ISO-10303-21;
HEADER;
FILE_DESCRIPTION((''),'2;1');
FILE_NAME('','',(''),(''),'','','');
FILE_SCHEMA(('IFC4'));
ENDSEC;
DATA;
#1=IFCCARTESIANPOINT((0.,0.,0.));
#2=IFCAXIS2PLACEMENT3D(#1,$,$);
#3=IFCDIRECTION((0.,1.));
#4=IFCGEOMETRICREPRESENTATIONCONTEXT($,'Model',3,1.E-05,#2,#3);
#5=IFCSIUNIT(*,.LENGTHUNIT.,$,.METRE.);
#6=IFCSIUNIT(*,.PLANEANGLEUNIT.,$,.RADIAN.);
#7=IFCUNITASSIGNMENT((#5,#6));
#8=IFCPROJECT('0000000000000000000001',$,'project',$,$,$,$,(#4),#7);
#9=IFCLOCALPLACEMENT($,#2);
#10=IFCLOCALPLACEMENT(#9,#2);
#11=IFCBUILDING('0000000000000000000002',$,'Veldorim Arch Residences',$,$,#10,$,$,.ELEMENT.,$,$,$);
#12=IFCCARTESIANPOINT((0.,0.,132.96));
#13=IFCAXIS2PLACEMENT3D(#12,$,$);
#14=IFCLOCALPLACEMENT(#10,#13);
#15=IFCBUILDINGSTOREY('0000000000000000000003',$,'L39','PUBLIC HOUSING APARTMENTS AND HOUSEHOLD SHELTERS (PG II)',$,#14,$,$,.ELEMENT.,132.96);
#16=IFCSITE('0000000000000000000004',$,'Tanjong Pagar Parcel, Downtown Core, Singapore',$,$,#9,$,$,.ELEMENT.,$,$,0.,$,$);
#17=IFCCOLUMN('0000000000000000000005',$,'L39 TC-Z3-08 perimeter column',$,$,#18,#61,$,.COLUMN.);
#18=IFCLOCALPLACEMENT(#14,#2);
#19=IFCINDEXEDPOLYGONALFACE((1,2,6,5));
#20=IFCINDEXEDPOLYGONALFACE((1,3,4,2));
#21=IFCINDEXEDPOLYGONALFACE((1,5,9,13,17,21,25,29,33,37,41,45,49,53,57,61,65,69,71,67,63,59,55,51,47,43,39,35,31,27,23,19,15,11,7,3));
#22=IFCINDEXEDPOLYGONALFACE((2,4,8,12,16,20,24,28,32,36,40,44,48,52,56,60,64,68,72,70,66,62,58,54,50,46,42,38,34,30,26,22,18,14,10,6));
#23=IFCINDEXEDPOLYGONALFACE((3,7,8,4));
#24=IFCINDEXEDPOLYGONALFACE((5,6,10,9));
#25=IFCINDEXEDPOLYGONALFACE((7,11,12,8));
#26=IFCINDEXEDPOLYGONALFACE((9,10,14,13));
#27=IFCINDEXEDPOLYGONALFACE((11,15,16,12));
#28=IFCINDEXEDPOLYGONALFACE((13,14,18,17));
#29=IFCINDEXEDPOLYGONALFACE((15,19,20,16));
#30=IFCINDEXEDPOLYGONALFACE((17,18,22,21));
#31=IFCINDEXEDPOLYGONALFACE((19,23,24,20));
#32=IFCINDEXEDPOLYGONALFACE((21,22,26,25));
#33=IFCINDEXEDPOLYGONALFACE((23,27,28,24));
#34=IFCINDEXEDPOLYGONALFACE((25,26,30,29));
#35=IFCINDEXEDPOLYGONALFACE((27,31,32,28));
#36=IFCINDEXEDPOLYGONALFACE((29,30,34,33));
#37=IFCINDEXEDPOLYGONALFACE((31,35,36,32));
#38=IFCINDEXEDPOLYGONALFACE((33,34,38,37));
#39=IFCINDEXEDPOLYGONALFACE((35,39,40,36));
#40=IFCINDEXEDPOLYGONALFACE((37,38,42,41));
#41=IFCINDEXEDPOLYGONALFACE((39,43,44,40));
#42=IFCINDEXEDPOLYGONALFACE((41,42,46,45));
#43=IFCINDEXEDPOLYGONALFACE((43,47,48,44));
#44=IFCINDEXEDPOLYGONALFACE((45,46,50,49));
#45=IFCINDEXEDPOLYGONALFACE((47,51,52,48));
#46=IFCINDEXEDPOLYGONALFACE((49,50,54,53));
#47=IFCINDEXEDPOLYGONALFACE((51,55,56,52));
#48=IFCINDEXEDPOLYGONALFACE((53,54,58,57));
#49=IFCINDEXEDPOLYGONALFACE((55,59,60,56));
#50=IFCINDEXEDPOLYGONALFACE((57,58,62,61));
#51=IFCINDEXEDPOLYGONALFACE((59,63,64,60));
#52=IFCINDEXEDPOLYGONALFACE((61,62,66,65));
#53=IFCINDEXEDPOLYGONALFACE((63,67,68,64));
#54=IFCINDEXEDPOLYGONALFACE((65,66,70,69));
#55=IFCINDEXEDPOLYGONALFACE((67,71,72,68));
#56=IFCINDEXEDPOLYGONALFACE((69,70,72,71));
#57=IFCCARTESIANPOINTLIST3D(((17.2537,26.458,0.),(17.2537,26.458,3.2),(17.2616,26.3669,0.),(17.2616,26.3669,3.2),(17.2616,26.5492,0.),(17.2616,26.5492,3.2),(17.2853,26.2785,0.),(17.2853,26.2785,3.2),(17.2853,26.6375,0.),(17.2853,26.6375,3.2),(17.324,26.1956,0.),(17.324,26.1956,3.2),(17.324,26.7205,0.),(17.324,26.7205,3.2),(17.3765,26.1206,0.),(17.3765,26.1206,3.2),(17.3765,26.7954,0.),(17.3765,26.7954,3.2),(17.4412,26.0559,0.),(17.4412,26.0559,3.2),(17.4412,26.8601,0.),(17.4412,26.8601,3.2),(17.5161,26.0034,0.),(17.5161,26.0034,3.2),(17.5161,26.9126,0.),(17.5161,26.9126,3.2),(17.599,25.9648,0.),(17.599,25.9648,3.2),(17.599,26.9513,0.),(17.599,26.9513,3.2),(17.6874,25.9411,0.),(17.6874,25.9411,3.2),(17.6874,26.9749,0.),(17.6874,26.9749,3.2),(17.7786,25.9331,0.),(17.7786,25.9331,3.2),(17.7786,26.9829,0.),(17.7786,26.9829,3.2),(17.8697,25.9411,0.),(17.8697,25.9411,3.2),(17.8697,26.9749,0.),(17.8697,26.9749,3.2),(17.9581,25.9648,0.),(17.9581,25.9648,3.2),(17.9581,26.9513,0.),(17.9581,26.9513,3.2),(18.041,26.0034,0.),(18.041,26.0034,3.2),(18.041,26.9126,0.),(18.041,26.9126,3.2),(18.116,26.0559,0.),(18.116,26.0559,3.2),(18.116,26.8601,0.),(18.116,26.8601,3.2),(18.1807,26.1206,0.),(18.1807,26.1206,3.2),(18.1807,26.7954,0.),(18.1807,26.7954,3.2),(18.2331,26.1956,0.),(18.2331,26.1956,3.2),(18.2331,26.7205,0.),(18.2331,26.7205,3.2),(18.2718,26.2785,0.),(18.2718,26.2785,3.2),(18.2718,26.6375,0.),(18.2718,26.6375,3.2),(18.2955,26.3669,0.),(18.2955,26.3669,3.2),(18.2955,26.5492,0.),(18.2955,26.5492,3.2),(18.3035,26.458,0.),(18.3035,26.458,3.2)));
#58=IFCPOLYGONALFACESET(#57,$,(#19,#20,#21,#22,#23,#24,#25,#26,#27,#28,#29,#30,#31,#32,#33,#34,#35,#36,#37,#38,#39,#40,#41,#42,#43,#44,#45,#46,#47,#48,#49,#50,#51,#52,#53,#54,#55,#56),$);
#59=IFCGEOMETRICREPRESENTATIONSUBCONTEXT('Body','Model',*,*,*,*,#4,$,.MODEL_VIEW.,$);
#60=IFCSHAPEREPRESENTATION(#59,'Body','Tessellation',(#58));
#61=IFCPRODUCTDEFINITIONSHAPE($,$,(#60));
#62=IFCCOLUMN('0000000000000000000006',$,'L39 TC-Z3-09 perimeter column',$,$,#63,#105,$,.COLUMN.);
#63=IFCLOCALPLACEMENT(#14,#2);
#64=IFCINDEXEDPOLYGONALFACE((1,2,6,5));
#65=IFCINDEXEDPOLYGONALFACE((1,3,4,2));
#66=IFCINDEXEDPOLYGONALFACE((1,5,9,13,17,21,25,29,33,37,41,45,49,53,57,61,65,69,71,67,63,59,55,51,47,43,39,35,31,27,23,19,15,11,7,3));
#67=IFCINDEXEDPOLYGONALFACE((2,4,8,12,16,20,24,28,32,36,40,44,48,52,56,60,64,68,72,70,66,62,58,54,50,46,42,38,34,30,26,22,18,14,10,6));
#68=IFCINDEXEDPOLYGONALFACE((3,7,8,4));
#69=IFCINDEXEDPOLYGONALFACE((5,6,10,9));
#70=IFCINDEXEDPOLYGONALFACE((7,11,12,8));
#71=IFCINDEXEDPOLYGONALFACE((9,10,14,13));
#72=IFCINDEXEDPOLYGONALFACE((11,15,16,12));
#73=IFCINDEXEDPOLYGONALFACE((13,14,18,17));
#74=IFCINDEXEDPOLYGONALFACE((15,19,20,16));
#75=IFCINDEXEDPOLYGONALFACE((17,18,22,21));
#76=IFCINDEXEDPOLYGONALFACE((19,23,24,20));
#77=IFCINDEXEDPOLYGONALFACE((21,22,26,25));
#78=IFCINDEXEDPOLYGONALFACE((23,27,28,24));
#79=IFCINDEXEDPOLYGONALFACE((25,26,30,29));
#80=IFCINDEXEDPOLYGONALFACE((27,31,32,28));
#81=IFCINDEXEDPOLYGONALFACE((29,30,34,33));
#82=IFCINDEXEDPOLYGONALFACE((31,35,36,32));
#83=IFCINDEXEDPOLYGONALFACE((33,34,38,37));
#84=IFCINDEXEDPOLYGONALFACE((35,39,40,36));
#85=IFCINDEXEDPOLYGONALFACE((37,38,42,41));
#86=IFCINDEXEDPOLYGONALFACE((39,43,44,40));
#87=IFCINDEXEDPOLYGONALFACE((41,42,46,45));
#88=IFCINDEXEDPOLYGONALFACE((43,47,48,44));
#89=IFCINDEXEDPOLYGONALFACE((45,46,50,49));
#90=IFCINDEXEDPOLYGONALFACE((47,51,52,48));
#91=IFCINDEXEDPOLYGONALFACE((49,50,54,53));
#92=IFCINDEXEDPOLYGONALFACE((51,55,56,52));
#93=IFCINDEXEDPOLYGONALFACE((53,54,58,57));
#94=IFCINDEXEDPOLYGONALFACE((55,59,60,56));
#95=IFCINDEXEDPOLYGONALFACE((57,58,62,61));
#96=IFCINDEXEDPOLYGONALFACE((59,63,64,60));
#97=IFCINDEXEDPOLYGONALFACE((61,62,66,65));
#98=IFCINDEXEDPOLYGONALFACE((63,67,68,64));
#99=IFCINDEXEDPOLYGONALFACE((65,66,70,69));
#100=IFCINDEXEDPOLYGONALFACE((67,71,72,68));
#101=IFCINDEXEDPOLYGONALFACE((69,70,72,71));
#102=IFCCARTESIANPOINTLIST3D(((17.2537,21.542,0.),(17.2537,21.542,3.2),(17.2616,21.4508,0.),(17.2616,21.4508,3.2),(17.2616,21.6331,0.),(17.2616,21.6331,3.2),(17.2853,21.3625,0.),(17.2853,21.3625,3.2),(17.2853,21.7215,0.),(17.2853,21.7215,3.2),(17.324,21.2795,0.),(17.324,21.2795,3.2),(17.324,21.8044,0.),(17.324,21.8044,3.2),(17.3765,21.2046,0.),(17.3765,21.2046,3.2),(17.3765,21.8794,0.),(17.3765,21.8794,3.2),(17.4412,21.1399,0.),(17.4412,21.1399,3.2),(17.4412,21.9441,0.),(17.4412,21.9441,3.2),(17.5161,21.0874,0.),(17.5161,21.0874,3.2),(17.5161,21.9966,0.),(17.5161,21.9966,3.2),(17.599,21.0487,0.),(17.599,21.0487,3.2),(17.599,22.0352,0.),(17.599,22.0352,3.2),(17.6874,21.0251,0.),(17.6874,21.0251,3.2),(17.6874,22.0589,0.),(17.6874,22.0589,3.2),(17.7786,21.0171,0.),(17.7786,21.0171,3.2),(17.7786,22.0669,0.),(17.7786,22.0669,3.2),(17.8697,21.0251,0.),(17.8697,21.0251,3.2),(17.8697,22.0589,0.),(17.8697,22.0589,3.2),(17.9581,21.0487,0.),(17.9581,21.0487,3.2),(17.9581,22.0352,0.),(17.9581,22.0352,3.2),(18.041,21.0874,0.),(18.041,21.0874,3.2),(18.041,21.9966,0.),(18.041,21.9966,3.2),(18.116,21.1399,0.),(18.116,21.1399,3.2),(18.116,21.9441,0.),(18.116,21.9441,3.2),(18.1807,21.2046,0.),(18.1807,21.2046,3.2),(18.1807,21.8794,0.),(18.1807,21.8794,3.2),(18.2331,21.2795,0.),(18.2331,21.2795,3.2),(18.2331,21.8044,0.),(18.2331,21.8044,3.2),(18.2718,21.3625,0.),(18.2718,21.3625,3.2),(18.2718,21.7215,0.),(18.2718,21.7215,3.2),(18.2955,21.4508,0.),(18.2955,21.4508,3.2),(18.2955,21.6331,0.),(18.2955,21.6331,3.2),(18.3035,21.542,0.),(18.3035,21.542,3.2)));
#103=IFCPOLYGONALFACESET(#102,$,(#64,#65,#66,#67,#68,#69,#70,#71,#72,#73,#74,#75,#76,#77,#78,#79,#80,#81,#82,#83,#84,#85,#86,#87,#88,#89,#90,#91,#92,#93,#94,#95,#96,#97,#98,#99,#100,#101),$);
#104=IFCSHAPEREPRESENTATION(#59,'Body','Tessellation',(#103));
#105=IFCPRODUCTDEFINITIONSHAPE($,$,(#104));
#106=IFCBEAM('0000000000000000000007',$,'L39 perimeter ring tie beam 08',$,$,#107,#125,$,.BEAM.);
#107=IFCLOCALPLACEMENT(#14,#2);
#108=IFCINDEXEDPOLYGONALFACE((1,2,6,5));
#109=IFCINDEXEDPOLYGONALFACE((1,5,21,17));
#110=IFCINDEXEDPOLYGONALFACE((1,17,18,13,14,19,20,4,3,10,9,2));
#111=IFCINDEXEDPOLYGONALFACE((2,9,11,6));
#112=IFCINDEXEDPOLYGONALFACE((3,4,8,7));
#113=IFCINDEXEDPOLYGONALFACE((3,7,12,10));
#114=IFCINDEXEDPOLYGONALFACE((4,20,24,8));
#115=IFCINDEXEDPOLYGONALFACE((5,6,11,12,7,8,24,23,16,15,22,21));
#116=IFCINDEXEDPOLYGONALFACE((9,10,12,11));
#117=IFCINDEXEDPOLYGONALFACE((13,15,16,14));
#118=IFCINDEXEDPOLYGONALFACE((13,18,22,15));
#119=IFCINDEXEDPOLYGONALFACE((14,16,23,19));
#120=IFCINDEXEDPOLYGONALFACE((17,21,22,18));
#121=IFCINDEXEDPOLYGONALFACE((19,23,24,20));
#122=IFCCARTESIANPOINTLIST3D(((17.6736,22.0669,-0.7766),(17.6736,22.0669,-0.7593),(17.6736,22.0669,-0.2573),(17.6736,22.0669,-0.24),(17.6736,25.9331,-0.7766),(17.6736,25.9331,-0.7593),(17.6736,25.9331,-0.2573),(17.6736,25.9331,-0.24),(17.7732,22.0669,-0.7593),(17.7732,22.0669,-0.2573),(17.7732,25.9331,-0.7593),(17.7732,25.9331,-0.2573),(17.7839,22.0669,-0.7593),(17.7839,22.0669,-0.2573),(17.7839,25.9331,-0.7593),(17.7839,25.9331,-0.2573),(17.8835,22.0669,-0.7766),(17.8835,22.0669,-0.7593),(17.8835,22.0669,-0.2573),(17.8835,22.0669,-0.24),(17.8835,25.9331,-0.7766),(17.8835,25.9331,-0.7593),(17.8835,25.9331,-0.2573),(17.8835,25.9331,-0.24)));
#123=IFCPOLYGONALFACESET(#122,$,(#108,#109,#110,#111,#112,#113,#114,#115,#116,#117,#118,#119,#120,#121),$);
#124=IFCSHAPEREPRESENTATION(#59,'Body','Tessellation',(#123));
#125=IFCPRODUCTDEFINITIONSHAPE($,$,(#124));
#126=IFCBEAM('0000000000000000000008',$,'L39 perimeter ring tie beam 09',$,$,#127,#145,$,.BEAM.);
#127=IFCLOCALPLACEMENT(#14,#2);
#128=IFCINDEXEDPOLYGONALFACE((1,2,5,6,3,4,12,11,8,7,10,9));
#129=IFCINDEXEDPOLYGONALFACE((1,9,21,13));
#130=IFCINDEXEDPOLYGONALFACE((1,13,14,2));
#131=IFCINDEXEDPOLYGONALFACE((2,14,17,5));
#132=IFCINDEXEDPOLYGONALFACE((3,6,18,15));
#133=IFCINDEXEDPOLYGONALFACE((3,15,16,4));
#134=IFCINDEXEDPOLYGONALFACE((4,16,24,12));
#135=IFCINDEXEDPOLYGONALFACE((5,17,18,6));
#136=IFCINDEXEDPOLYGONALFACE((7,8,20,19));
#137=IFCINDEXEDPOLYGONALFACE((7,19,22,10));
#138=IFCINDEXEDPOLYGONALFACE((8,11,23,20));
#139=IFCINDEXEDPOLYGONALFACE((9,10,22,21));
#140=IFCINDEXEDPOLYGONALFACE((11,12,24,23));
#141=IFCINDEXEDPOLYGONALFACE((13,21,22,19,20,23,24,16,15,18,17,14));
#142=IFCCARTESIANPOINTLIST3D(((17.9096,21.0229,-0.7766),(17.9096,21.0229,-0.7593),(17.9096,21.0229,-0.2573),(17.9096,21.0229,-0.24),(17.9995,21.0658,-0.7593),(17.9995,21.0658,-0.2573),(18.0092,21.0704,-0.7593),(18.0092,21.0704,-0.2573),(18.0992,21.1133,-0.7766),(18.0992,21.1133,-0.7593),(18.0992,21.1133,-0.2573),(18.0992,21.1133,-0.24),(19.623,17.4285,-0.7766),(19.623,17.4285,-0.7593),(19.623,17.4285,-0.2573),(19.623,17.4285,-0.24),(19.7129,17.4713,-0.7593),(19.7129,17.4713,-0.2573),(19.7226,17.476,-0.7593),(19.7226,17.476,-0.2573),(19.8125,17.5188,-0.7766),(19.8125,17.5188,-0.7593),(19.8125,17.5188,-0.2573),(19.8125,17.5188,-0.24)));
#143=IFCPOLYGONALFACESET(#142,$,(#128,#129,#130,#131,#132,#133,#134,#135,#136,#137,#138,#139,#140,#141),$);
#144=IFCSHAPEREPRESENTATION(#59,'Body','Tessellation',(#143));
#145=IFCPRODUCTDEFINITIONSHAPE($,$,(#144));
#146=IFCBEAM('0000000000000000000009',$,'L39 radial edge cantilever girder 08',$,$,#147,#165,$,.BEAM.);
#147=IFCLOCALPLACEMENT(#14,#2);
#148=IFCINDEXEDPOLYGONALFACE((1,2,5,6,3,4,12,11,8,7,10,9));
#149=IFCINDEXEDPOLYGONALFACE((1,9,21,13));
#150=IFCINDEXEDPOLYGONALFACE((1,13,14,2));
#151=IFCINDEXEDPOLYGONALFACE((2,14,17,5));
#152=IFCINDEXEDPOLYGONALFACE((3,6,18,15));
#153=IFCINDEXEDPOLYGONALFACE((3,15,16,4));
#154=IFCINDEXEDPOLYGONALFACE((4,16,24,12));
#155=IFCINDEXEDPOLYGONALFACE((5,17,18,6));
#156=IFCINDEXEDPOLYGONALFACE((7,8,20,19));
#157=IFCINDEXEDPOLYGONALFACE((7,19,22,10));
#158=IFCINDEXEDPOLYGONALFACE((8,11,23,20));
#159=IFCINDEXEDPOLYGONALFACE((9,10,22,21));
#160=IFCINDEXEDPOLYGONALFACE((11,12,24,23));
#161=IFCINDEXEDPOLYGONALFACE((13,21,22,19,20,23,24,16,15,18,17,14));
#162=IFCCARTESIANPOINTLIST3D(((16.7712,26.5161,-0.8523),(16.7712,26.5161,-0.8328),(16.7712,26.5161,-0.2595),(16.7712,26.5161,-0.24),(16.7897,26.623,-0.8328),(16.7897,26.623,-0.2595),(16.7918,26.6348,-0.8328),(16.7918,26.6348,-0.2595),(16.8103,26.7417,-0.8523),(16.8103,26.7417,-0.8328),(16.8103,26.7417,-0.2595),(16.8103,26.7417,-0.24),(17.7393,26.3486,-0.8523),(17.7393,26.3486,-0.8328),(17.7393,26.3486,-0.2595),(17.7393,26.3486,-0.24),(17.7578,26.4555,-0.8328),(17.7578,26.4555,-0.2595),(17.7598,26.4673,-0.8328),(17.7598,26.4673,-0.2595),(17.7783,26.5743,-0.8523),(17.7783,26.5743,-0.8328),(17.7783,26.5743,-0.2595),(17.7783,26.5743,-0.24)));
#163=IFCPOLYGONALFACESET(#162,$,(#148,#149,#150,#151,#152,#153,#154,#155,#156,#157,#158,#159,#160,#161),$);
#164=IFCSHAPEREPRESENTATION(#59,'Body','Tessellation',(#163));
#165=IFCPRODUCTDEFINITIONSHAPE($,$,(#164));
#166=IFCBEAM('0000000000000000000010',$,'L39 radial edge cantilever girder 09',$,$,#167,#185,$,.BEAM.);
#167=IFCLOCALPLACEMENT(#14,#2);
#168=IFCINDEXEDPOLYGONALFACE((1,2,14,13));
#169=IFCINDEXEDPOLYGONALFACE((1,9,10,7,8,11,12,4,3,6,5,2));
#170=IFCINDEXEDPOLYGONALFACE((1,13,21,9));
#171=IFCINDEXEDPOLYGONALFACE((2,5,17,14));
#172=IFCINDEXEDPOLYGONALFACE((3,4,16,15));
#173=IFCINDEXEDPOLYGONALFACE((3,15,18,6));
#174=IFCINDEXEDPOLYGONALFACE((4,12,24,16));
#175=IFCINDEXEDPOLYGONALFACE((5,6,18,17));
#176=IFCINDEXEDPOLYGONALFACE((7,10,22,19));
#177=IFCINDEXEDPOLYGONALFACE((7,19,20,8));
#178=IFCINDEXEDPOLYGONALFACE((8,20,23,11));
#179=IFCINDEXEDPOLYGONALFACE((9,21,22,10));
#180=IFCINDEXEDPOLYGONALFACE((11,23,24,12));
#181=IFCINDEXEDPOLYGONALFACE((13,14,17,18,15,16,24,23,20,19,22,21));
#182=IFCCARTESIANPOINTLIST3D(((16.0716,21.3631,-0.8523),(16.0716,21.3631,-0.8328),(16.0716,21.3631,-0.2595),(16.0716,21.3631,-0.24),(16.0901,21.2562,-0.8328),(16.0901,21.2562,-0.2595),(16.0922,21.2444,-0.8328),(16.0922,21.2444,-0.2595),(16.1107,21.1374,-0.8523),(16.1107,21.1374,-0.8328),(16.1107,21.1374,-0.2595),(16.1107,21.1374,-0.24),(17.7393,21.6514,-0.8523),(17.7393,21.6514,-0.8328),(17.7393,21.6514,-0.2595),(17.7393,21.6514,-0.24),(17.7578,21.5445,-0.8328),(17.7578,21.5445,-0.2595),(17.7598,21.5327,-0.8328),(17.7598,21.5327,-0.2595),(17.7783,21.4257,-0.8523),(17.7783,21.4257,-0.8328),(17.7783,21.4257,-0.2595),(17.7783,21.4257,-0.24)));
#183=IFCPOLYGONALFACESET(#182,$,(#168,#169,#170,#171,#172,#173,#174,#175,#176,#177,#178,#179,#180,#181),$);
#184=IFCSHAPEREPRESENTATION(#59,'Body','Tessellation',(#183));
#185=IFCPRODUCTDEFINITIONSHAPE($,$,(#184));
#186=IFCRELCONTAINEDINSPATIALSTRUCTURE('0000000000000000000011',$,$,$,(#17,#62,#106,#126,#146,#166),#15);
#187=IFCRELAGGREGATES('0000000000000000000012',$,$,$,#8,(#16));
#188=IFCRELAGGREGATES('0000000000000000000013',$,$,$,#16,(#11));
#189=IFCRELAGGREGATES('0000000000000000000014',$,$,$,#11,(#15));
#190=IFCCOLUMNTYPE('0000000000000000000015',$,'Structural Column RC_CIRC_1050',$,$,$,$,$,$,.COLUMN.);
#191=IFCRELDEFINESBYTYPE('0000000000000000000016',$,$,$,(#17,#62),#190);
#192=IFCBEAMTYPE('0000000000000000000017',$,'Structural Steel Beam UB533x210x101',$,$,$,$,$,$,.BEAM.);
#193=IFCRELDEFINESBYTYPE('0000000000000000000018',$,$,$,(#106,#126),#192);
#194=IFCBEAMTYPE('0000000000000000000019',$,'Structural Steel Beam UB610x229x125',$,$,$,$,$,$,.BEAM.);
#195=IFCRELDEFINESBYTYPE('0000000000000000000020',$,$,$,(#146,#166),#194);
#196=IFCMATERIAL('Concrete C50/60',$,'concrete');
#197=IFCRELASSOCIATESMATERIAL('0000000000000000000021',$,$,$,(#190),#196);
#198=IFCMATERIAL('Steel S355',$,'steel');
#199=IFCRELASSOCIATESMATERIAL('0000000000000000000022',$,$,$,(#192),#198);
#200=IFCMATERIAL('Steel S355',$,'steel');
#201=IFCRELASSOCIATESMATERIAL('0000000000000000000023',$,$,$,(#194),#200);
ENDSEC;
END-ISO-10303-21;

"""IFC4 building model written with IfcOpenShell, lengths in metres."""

from ifc_helpers import new_model, si_unit, direction, frame, origin, origin_2d, place, context, subcontext, project, spatial, circle, i_section, extrude, material, material_profile, profile_set, type_object, element, save


model = new_model("IFC4")

# Units and contexts
model_context = context("Model", 3, precision=1e-05, world=origin(), true_north=direction((0.0, 1.0)))
body_context = subcontext(model_context, "Body", "Model", "MODEL_VIEW")
ifc_project = project(units=[si_unit("LENGTHUNIT", "METRE"), si_unit("PLANEANGLEUNIT", "RADIAN")], contexts=[model_context])

# Site, building, storey
site_placement = place(None, origin())
site = spatial("IfcSite", under=ifc_project, at=site_placement, Name="Tanjong Pagar Parcel, Downtown Core, Singapore", CompositionType="ELEMENT", RefElevation=0.0)
building_placement = place(site_placement, origin())
building = spatial("IfcBuilding", under=site, at=building_placement, Name="Veldorim Arch Residences", CompositionType="ELEMENT")
storey_placement = place(building_placement, frame((0.0, 0.0, 132.96)))
storey = spatial("IfcBuildingStorey", under=building, at=storey_placement, Name="L39", Description="PUBLIC HOUSING APARTMENTS AND HOUSEHOLD SHELTERS (PG II)", CompositionType="ELEMENT", Elevation=132.96)

# Columns
ifc_material_1 = material(Name="Concrete C50/60", Category="concrete")
ifc_material_profile_1 = material_profile(ifc_material_1, circle(Radius=0.5249, at=origin_2d()), Name="RC_CIRC_1050")
ifc_profile_set_1 = profile_set([ifc_material_profile_1], Name="Concrete C50/60")
column_type = type_object("IfcColumnType", Name="Structural Column RC_CIRC_1050", PredefinedType="COLUMN", material=ifc_profile_set_1)
for number, where, z_axis, x_axis, name in (
    (1, (17.7786, 26.458, 0.0), (0.0, 0.0, 1.0), (1.0, 0.0, 0.0), "L39 TC-Z3-08 perimeter column"),
    (2, (17.7786, 21.542, 0.0), (0.0, 0.0, 1.0), (1.0, 0.0, 0.0), "L39 TC-Z3-09 perimeter column"),
):
    element("IfcColumn", number, at=place(storey_placement, frame(where, z_axis=z_axis, x_axis=x_axis)), inside=storey, type_object=column_type, Name=name, PredefinedType="COLUMN", context=body_context, shape_type="SweptSolid", body=[
        extrude(circle(Radius=0.5249, at=origin_2d()), origin(), (0.0, 0.0, 1.0), 3.2),
    ])

# Beams
ifc_material_2 = material(Name="Steel S355", Category="steel")
ifc_material_profile_2 = material_profile(ifc_material_2, i_section(OverallWidth=0.21, OverallDepth=0.5366, WebThickness=0.0107, FlangeThickness=0.0173, at=origin_2d()), Name="UB533x210x101")
ifc_profile_set_2 = profile_set([ifc_material_profile_2], Name="Steel S355")
beam_type_1 = type_object("IfcBeamType", Name="Structural Steel Beam UB533x210x101", PredefinedType="BEAM", material=ifc_profile_set_2)
beam_1_placement = place(storey_placement, frame((17.7786, 25.9331, -0.5083), z_axis=(0.0, -1.0, 0.0), x_axis=(1.0, 0.0, 0.0)))
element("IfcBeam", 3, at=beam_1_placement, inside=storey, type_object=beam_type_1, Name="L39 perimeter ring tie beam 08", PredefinedType="BEAM", context=body_context, shape_type="SweptSolid", body=[
    extrude(i_section(OverallWidth=0.21, OverallDepth=0.5366, WebThickness=0.0107, FlangeThickness=0.0173, at=origin_2d()), origin(), (0.0, 0.0, 1.0), 3.8662),
])
beam_2_placement = place(storey_placement, frame((18.0044, 21.0681, -0.5083), z_axis=(0.430286, -0.902693, 0.0), x_axis=(0.902693, 0.430286, 0.0)))
element("IfcBeam", 4, at=beam_2_placement, inside=storey, type_object=beam_type_1, Name="L39 perimeter ring tie beam 09", PredefinedType="BEAM", context=body_context, shape_type="SweptSolid", body=[
    extrude(i_section(OverallWidth=0.21, OverallDepth=0.5366, WebThickness=0.0107, FlangeThickness=0.0173, at=origin_2d()), origin(), (0.0, 0.0, 1.0), 3.9819),
])
ifc_material_3 = material(Name="Steel S355", Category="steel")
ifc_material_profile_3 = material_profile(ifc_material_3, i_section(OverallWidth=0.229, OverallDepth=0.6123, WebThickness=0.012, FlangeThickness=0.0195, at=origin_2d()), Name="UB610x229x125")
ifc_profile_set_3 = profile_set([ifc_material_profile_3], Name="Steel S355")
beam_type_2 = type_object("IfcBeamType", Name="Structural Steel Beam UB610x229x125", PredefinedType="BEAM", material=ifc_profile_set_3)
beam_3_placement = place(storey_placement, frame((17.7588, 26.4614, -0.5461), z_axis=(-0.985361, 0.170481, 0.0), x_axis=(-0.170481, -0.985361, 0.0)))
element("IfcBeam", 5, at=beam_3_placement, inside=storey, type_object=beam_type_2, Name="L39 radial edge cantilever girder 08", PredefinedType="BEAM", context=body_context, shape_type="SweptSolid", body=[
    extrude(i_section(OverallWidth=0.229, OverallDepth=0.6123, WebThickness=0.012, FlangeThickness=0.0195, at=origin_2d()), origin(), (0.0, 0.0, 1.0), 0.9824),
])
beam_4_placement = place(storey_placement, frame((17.7588, 21.5386, -0.5461), z_axis=(-0.985382, -0.170361, 0.0), x_axis=(0.170361, -0.985382, 0.0)))
element("IfcBeam", 6, at=beam_4_placement, inside=storey, type_object=beam_type_2, Name="L39 radial edge cantilever girder 09", PredefinedType="BEAM", context=body_context, shape_type="SweptSolid", body=[
    extrude(i_section(OverallWidth=0.229, OverallDepth=0.6123, WebThickness=0.012, FlangeThickness=0.0195, at=origin_2d()), origin(), (0.0, 0.0, 1.0), 1.6924),
])

save(model, "model.ifc")
